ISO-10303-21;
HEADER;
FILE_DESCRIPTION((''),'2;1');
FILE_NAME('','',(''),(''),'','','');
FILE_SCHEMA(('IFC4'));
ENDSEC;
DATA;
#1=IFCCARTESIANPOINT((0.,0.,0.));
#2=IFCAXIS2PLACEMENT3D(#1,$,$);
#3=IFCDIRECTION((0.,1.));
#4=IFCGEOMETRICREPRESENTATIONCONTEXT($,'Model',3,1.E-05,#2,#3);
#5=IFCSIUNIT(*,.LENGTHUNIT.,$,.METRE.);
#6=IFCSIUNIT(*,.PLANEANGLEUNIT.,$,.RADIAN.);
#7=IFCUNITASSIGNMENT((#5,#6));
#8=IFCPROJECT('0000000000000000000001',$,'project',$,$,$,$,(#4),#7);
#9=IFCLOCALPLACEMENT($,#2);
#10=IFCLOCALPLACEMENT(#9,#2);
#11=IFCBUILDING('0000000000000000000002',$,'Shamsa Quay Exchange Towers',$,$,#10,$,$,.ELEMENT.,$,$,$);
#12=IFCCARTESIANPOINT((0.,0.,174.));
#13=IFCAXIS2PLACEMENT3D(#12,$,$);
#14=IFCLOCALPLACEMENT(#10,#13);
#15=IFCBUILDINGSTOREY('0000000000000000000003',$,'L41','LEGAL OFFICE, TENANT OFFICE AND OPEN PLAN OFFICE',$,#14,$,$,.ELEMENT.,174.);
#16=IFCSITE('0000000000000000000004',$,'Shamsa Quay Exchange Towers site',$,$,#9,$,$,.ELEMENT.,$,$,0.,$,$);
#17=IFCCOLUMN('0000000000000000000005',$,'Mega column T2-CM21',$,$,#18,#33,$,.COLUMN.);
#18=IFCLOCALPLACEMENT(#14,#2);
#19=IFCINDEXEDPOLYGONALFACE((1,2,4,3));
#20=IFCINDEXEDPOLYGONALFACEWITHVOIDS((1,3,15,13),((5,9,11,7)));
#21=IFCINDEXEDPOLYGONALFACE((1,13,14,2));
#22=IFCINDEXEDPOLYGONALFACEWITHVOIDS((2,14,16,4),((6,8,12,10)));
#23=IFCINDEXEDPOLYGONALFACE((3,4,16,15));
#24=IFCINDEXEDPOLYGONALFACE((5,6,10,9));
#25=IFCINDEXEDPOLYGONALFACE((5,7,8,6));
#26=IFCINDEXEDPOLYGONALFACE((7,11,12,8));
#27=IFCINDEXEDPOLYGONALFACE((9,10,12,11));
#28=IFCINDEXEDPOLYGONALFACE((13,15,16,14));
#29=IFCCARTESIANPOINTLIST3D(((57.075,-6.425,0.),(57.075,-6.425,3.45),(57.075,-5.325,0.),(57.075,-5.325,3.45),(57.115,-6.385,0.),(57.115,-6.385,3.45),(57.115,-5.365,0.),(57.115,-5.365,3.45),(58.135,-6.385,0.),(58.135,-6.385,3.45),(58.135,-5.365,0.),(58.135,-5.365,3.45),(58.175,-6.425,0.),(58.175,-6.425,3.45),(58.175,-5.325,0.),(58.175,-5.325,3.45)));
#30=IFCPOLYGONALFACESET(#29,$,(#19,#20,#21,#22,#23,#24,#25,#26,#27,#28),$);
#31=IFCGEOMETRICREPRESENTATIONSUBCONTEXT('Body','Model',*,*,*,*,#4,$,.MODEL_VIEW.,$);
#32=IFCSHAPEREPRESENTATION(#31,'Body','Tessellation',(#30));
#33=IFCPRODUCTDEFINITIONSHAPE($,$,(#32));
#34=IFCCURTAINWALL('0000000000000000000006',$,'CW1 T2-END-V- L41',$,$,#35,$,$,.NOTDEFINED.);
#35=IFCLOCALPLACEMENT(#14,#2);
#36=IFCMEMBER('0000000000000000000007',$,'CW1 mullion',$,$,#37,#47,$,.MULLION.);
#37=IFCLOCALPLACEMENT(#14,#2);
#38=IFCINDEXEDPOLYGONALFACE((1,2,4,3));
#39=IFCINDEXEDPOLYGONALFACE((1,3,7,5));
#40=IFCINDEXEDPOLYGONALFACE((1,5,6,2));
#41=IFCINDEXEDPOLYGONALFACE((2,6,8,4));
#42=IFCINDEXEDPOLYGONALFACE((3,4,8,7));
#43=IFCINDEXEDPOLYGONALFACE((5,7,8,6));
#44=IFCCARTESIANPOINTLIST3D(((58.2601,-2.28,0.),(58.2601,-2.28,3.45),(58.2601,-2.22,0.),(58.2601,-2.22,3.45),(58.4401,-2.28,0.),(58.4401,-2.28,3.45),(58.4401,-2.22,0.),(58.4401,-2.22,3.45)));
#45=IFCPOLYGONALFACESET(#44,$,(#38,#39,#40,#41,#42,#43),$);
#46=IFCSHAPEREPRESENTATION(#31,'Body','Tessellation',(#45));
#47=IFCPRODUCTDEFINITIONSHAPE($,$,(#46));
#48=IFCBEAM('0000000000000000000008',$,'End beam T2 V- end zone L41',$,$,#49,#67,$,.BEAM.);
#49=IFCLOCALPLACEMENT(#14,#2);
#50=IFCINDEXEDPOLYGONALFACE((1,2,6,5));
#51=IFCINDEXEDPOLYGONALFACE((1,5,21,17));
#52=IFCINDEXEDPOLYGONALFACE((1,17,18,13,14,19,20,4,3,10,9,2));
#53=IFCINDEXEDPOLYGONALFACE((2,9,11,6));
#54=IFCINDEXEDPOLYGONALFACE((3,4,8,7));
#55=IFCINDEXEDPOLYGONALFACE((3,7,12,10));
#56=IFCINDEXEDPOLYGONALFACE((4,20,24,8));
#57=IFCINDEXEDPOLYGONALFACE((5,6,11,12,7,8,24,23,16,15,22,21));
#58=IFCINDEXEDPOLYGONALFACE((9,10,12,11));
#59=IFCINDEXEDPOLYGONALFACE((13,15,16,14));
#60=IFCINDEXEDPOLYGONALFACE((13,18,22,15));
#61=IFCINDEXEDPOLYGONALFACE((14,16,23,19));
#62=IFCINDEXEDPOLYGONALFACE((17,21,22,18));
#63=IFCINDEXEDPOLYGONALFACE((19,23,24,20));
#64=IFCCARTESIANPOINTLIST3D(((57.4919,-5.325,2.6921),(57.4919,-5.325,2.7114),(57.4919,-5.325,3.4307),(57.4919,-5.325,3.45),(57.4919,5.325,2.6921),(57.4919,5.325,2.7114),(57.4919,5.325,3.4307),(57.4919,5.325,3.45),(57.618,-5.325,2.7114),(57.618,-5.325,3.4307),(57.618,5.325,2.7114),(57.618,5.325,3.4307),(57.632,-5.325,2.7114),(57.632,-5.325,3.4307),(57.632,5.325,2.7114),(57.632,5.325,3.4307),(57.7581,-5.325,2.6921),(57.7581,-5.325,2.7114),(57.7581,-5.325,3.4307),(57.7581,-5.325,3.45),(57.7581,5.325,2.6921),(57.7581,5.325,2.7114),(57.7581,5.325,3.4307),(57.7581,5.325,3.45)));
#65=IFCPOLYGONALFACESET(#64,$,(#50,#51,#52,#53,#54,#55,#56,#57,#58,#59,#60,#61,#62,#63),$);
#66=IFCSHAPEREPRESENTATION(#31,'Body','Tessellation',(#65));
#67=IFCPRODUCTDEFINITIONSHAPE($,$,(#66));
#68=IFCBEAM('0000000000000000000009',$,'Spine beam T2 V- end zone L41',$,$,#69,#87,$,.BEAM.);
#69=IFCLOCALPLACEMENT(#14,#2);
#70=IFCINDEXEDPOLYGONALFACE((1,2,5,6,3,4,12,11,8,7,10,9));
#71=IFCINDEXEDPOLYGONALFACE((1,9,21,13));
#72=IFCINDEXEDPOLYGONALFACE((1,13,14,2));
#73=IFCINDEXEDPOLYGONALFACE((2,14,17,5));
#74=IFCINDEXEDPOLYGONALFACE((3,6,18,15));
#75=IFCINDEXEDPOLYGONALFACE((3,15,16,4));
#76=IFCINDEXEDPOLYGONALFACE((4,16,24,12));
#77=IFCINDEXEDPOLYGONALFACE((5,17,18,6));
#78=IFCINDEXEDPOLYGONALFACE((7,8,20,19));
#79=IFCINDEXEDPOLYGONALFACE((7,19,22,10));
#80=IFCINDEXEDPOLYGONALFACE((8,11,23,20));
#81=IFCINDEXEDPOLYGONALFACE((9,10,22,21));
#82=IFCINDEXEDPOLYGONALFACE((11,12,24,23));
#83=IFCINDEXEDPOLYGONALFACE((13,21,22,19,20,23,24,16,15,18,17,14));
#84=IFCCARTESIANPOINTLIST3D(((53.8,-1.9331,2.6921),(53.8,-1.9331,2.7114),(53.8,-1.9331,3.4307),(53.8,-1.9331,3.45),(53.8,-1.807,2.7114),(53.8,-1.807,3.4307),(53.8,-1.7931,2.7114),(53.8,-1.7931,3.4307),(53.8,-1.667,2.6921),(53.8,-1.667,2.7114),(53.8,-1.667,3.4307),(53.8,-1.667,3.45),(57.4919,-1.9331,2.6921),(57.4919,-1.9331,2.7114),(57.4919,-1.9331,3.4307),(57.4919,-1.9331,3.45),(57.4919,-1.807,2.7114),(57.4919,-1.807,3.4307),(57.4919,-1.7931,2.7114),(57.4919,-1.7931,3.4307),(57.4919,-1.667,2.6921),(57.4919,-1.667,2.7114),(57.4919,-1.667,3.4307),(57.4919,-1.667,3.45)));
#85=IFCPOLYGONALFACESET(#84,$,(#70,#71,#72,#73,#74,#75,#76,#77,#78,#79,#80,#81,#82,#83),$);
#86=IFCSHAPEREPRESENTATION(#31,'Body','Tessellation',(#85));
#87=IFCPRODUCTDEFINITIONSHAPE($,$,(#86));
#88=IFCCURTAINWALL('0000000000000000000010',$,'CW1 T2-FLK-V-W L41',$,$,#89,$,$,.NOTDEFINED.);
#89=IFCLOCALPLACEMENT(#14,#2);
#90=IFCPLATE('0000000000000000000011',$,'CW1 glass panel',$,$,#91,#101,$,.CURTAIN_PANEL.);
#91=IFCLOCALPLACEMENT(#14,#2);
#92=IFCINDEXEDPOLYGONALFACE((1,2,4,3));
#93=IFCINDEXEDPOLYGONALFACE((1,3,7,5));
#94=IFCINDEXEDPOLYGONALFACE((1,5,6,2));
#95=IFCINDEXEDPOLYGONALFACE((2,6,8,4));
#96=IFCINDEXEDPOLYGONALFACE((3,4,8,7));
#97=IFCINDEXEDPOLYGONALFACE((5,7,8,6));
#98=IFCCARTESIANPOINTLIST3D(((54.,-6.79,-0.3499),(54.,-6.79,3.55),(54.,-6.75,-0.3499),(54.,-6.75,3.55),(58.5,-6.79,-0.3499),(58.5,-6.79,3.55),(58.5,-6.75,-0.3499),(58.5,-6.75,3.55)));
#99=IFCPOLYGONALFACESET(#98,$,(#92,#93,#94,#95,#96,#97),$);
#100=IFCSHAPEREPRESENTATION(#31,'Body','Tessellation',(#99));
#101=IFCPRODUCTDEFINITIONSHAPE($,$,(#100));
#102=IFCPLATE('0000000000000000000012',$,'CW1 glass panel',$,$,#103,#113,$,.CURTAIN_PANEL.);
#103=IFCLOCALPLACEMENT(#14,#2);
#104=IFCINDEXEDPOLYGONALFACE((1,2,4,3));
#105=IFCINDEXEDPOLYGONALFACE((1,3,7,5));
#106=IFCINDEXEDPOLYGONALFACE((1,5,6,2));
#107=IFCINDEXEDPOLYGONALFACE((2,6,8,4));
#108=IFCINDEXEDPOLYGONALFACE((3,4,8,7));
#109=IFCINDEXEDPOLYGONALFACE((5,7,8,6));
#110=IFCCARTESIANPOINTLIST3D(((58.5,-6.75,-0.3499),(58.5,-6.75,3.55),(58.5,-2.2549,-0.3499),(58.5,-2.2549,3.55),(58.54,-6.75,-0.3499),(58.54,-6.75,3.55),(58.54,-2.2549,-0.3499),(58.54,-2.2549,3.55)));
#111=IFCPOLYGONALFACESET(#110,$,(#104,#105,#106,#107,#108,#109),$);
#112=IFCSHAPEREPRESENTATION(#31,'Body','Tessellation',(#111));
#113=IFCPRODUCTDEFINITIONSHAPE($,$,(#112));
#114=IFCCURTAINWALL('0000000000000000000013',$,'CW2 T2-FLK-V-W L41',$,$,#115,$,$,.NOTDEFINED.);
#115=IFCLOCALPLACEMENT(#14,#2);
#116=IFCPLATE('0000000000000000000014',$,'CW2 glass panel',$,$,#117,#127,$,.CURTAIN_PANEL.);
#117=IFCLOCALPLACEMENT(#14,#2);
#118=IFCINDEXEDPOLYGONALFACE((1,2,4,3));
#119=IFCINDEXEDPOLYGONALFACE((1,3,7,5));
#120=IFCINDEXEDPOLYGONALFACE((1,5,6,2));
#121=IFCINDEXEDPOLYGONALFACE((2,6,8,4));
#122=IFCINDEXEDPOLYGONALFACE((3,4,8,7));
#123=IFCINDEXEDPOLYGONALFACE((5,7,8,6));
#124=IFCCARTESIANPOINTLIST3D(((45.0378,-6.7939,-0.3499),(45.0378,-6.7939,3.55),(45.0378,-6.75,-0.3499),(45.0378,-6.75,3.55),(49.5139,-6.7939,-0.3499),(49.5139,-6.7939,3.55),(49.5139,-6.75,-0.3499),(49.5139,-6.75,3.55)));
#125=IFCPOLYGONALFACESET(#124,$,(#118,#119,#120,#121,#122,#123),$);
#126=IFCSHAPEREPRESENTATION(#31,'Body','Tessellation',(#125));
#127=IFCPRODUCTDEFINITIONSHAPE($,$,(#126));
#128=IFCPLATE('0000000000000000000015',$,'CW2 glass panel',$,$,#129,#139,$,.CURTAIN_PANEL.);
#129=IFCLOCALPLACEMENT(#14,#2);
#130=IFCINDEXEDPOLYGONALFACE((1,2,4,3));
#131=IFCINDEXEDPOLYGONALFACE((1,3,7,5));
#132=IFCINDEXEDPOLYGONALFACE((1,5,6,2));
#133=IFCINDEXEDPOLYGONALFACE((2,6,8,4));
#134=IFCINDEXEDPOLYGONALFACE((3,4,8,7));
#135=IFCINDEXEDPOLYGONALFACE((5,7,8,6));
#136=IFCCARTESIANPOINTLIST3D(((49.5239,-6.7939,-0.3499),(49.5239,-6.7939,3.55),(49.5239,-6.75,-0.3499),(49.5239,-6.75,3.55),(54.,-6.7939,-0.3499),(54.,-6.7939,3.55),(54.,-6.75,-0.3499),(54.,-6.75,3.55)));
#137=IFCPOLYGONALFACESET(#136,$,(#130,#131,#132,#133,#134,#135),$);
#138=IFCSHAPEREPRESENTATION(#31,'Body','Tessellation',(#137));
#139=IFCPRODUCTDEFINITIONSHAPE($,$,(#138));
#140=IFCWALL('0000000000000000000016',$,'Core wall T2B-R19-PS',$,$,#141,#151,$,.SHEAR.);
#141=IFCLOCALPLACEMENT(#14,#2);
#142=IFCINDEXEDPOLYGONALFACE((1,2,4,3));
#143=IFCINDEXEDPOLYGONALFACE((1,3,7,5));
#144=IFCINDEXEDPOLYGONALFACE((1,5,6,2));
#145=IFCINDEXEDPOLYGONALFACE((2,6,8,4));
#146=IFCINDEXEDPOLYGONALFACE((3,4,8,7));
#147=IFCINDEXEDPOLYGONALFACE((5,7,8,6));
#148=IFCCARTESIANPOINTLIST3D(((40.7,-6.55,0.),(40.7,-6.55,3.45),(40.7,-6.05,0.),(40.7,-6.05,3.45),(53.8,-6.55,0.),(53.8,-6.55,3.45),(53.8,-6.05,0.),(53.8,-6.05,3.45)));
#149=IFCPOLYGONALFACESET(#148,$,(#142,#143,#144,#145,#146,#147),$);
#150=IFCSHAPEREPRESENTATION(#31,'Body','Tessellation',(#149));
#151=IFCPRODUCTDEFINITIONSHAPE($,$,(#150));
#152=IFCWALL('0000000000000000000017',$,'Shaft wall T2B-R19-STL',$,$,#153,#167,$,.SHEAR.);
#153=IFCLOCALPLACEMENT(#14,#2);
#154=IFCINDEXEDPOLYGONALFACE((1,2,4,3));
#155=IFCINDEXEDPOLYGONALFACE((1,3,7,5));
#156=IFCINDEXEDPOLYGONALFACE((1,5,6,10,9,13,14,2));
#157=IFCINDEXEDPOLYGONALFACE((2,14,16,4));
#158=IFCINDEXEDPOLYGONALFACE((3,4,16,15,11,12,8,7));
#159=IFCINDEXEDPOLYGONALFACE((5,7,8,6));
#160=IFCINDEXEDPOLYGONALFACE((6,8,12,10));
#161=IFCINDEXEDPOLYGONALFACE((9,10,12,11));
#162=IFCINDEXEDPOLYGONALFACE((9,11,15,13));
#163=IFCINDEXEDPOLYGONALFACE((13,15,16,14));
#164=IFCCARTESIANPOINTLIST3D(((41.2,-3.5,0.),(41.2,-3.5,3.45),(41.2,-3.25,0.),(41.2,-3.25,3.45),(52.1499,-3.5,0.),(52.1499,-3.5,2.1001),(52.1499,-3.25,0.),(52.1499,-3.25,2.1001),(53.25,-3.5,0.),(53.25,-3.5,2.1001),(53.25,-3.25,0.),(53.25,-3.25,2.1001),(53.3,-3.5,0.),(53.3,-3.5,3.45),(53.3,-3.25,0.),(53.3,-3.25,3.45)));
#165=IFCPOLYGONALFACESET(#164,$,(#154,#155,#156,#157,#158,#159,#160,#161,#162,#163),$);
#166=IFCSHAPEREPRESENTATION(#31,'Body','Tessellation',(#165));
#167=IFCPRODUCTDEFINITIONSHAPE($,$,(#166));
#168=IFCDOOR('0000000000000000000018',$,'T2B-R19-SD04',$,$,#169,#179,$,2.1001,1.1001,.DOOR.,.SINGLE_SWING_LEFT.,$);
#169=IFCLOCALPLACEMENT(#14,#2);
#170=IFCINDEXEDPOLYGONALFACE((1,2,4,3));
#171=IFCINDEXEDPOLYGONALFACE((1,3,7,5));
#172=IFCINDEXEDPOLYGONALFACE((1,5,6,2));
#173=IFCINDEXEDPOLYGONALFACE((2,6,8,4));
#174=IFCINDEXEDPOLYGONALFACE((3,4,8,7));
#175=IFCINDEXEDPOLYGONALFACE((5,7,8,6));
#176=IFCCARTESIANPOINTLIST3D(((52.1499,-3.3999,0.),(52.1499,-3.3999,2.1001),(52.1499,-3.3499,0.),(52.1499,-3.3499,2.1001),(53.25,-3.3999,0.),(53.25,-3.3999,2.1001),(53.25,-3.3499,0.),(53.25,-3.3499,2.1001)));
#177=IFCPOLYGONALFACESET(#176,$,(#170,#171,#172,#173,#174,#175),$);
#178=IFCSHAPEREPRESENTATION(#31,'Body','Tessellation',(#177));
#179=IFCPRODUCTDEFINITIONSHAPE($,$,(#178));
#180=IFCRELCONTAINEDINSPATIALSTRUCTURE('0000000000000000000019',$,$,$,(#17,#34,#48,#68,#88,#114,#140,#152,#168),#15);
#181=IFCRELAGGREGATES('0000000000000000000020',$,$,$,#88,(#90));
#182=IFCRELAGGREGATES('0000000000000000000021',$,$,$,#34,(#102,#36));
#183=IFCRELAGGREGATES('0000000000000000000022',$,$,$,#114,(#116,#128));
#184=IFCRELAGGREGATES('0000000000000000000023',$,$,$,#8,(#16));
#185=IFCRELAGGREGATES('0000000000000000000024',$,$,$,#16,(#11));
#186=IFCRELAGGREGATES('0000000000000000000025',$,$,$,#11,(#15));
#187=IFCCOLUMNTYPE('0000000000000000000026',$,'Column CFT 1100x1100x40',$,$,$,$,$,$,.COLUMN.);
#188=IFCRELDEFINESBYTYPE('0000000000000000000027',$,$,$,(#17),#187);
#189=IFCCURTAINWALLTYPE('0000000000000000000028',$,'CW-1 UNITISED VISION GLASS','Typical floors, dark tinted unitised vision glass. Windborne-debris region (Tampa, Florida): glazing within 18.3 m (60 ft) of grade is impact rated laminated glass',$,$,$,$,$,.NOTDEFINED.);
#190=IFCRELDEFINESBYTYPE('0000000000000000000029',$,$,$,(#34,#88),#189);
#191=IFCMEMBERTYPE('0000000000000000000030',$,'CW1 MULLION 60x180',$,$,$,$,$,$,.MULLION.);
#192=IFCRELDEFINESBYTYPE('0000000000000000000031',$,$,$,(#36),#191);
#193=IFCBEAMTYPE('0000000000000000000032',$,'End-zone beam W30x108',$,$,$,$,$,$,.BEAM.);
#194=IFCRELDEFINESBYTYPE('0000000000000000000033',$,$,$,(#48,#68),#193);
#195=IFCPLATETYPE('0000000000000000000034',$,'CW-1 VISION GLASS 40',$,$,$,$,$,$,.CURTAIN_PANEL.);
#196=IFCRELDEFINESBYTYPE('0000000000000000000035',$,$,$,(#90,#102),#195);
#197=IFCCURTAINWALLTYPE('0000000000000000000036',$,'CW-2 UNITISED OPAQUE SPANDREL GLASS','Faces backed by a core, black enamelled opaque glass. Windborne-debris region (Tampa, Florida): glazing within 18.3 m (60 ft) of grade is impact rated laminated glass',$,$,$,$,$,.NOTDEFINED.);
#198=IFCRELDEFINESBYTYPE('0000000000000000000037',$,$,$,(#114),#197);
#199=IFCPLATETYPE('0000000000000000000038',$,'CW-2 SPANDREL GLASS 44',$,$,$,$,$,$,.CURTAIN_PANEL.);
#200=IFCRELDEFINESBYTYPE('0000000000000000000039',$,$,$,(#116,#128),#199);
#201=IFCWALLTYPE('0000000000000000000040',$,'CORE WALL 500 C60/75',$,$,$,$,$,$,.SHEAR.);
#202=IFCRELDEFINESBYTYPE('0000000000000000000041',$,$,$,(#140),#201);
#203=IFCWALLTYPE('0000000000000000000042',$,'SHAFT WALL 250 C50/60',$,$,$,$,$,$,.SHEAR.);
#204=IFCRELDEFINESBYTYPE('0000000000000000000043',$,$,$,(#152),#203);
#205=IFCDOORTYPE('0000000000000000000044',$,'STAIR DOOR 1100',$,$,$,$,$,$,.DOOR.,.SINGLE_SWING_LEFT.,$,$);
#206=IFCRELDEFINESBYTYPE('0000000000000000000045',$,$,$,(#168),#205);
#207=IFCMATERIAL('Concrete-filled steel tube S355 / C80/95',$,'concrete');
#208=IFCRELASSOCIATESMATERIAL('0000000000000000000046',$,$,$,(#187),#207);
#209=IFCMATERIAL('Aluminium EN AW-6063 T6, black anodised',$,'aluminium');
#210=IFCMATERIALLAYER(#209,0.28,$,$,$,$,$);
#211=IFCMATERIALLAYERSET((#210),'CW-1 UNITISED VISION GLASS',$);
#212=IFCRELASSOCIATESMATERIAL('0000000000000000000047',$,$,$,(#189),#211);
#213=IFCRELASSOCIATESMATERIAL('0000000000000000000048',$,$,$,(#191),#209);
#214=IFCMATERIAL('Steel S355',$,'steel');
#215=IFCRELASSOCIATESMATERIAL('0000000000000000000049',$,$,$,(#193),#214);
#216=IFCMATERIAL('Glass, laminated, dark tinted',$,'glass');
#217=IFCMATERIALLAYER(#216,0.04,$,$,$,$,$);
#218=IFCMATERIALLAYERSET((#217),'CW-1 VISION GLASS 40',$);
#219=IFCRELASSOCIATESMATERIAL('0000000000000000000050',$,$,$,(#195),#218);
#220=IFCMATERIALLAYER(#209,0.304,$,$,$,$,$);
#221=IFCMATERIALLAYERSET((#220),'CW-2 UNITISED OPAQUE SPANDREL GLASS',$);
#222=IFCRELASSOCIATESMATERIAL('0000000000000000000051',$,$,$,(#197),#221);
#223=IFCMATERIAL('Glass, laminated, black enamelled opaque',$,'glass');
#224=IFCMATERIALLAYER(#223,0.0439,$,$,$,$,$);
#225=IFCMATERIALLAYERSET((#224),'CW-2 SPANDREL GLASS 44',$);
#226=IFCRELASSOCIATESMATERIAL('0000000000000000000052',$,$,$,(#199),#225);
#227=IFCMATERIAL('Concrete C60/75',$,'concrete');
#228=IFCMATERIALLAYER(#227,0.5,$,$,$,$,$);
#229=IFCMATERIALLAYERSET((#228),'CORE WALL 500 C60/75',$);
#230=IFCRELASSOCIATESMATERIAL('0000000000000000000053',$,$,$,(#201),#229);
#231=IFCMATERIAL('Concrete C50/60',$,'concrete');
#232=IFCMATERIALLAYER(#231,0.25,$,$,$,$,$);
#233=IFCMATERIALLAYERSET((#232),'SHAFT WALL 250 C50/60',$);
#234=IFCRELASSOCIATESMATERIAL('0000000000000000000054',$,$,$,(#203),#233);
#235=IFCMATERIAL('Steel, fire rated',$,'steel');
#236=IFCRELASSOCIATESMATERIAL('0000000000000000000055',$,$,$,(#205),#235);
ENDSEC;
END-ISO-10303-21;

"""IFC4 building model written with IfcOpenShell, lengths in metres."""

from ifc_helpers import new_model, si_unit, direction, frame, frame_2d, origin, origin_2d, place, context, subcontext, project, spatial, rectangle, hollow_rectangle, i_section, extrude, material, layer, layer_set, material_profile, profile_set, type_object, element, fill, aggregate, save


model = new_model("IFC4")

# Units and contexts
model_context = context("Model", 3, precision=1e-05, world=origin(), true_north=direction((0.0, 1.0)))
body_context = subcontext(model_context, "Body", "Model", "MODEL_VIEW")
ifc_project = project(units=[si_unit("LENGTHUNIT", "METRE"), si_unit("PLANEANGLEUNIT", "RADIAN")], contexts=[model_context])

# Site, building, storey
site_placement = place(None, origin())
site = spatial("IfcSite", under=ifc_project, at=site_placement, Name="Shamsa Quay Exchange Towers site", CompositionType="ELEMENT", RefElevation=0.0)
building_placement = place(site_placement, origin())
building = spatial("IfcBuilding", under=site, at=building_placement, Name="Shamsa Quay Exchange Towers", CompositionType="ELEMENT")
storey_placement = place(building_placement, frame((0.0, 0.0, 174.0)))
storey = spatial("IfcBuildingStorey", under=building, at=storey_placement, Name="L41", Description="LEGAL OFFICE, TENANT OFFICE AND OPEN PLAN OFFICE", CompositionType="ELEMENT", Elevation=174.0)

# Column
ifc_material_1 = material(Name="Concrete-filled steel tube S355 / C80/95", Category="concrete")
ifc_material_profile_1 = material_profile(ifc_material_1, hollow_rectangle(XDim=1.1001, YDim=1.1001, WallThickness=0.04, at=origin_2d()), Name="CFT 1100x1100x40")
ifc_profile_set_1 = profile_set([ifc_material_profile_1], Name="Concrete-filled steel tube S355 / C80/95")
column_type = type_object("IfcColumnType", Name="Column CFT 1100x1100x40", PredefinedType="COLUMN", material=ifc_profile_set_1)
column_placement = place(storey_placement, frame((57.625, -5.875, 0.0)))
element("IfcColumn", 1, at=column_placement, inside=storey, type_object=column_type, Name="Mega column T2-CM21", PredefinedType="COLUMN", context=body_context, shape_type="SweptSolid", body=[
    extrude(hollow_rectangle(XDim=1.1001, YDim=1.1001, WallThickness=0.04, at=origin_2d()), origin(), (0.0, 0.0, 1.0), 3.45),
])

# Curtain wall, member
ifc_material_2 = material(Name="Aluminium EN AW-6063 T6, black anodised", Category="aluminium")
ifc_layer_1 = layer(ifc_material_2, 0.28)
ifc_layer_set_1 = layer_set([ifc_layer_1], Name="CW-1 UNITISED VISION GLASS")
curtain_wall_type_1 = type_object("IfcCurtainWallType", Name="CW-1 UNITISED VISION GLASS", Description="Typical floors, dark tinted unitised vision glass. Windborne-debris region (Tampa, Florida): glazing within 18.3 m (60 ft) of grade is impact rated laminated glass", PredefinedType="NOTDEFINED", material=ifc_layer_set_1)
curtain_wall_1_placement = place(storey_placement, origin())
curtain_wall_1 = element("IfcCurtainWall", 2, at=curtain_wall_1_placement, inside=storey, type_object=curtain_wall_type_1, Name="CW1 T2-END-V- L41", PredefinedType="NOTDEFINED")
ifc_material_profile_2 = material_profile(ifc_material_2, rectangle(XDim=0.1799, YDim=0.0601, at=origin_2d()), Name="MU60x180")
ifc_profile_set_2 = profile_set([ifc_material_profile_2], Name="Aluminium EN AW-6063 T6, black anodised")
member_type = type_object("IfcMemberType", Name="CW1 MULLION 60x180", PredefinedType="MULLION", material=ifc_profile_set_2)
member_placement = place(storey_placement, frame((58.3501, -2.25, 0.0), z_axis=(0.0, 0.0, 1.0), x_axis=(-1.0, 0.0, 0.0)))
member = element("IfcMember", 3, at=member_placement, type_object=member_type, Name="CW1 mullion", PredefinedType="MULLION", context=body_context, shape_type="SweptSolid", body=[
    extrude(rectangle(XDim=0.1799, YDim=0.0601, at=origin_2d()), origin(), (0.0, 0.0, 1.0), 3.45),
])

# Beams
ifc_material_3 = material(Name="Steel S355", Category="steel")
ifc_material_profile_3 = material_profile(ifc_material_3, i_section(OverallWidth=0.2661, OverallDepth=0.7578, WebThickness=0.0139, FlangeThickness=0.0193, at=origin_2d()), Name="W30x108")
ifc_profile_set_3 = profile_set([ifc_material_profile_3], Name="Steel S355")
beam_type = type_object("IfcBeamType", Name="End-zone beam W30x108", PredefinedType="BEAM", material=ifc_profile_set_3)
beam_1_placement = place(storey_placement, frame((57.625, -5.325, 3.071), z_axis=(0.0, 1.0, 0.0), x_axis=(-1.0, 0.0, 0.0)))
element("IfcBeam", 4, at=beam_1_placement, inside=storey, type_object=beam_type, Name="End beam T2 V- end zone L41", PredefinedType="BEAM", context=body_context, shape_type="SweptSolid", body=[
    extrude(i_section(OverallWidth=0.2661, OverallDepth=0.7578, WebThickness=0.0139, FlangeThickness=0.0193, at=origin_2d()), origin(), (0.0, 0.0, 1.0), 10.6499),
])
beam_2_placement = place(storey_placement, frame((53.8, -1.8, 3.071), z_axis=(1.0, 0.0, 0.0), x_axis=(0.0, 1.0, 0.0)))
element("IfcBeam", 5, at=beam_2_placement, inside=storey, type_object=beam_type, Name="Spine beam T2 V- end zone L41", PredefinedType="BEAM", context=body_context, shape_type="SweptSolid", body=[
    extrude(i_section(OverallWidth=0.2661, OverallDepth=0.7578, WebThickness=0.0139, FlangeThickness=0.0193, at=origin_2d()), origin(), (0.0, 0.0, 1.0), 3.6919),
])

# Curtain wall, plate
curtain_wall_2_placement = place(storey_placement, origin())
curtain_wall_2 = element("IfcCurtainWall", 6, at=curtain_wall_2_placement, inside=storey, type_object=curtain_wall_type_1, Name="CW1 T2-FLK-V-W L41", PredefinedType="NOTDEFINED")
ifc_material_4 = material(Name="Glass, laminated, dark tinted", Category="glass")
ifc_layer_2 = layer(ifc_material_4, 0.04)
ifc_layer_set_2 = layer_set([ifc_layer_2], Name="CW-1 VISION GLASS 40")
plate_type_1 = type_object("IfcPlateType", Name="CW-1 VISION GLASS 40", PredefinedType="CURTAIN_PANEL", material=ifc_layer_set_2)
plate_1_placement = place(storey_placement, frame((56.25, -6.77, -0.3499)))
plate_1 = element("IfcPlate", 7, at=plate_1_placement, type_object=plate_type_1, Name="CW1 glass panel", PredefinedType="CURTAIN_PANEL", context=body_context, shape_type="SweptSolid", body=[
    extrude(rectangle(XDim=4.5, YDim=0.04, at=origin_2d()), origin(), (0.0, 0.0, 1.0), 3.8999),
])
aggregate(curtain_wall_2, [plate_1])

# Plate
plate_2_placement = place(storey_placement, frame((58.52, -4.5024, -0.3499), z_axis=(0.0, 0.0, 1.0), x_axis=(0.0, 1.0, 0.0)))
plate_2 = element("IfcPlate", 8, at=plate_2_placement, type_object=plate_type_1, Name="CW1 glass panel", PredefinedType="CURTAIN_PANEL", context=body_context, shape_type="SweptSolid", body=[
    extrude(rectangle(XDim=4.4951, YDim=0.04, at=origin_2d()), origin(), (0.0, 0.0, 1.0), 3.8999),
])
aggregate(curtain_wall_1, [plate_2, member])

# Curtain wall, plates
ifc_layer_3 = layer(ifc_material_2, 0.304)
ifc_layer_set_3 = layer_set([ifc_layer_3], Name="CW-2 UNITISED OPAQUE SPANDREL GLASS")
curtain_wall_type_2 = type_object("IfcCurtainWallType", Name="CW-2 UNITISED OPAQUE SPANDREL GLASS", Description="Faces backed by a core, black enamelled opaque glass. Windborne-debris region (Tampa, Florida): glazing within 18.3 m (60 ft) of grade is impact rated laminated glass", PredefinedType="NOTDEFINED", material=ifc_layer_set_3)
curtain_wall_3_placement = place(storey_placement, origin())
curtain_wall_3 = element("IfcCurtainWall", 9, at=curtain_wall_3_placement, inside=storey, type_object=curtain_wall_type_2, Name="CW2 T2-FLK-V-W L41", PredefinedType="NOTDEFINED")
ifc_material_5 = material(Name="Glass, laminated, black enamelled opaque", Category="glass")
ifc_layer_4 = layer(ifc_material_5, 0.0439)
ifc_layer_set_4 = layer_set([ifc_layer_4], Name="CW-2 SPANDREL GLASS 44")
plate_type_2 = type_object("IfcPlateType", Name="CW-2 SPANDREL GLASS 44", PredefinedType="CURTAIN_PANEL", material=ifc_layer_set_4)
plate_3_placement = place(storey_placement, frame((47.2759, -6.772, -0.3499)))
plate_3 = element("IfcPlate", 10, at=plate_3_placement, type_object=plate_type_2, Name="CW2 glass panel", PredefinedType="CURTAIN_PANEL", context=body_context, shape_type="SweptSolid", body=[
    extrude(rectangle(XDim=4.4761, YDim=0.0439, at=origin_2d()), origin(), (0.0, 0.0, 1.0), 3.8999),
])
plate_4_placement = place(storey_placement, frame((51.762, -6.772, -0.3499)))
plate_4 = element("IfcPlate", 11, at=plate_4_placement, type_object=plate_type_2, Name="CW2 glass panel", PredefinedType="CURTAIN_PANEL", context=body_context, shape_type="SweptSolid", body=[
    extrude(rectangle(XDim=4.4761, YDim=0.0439, at=origin_2d()), origin(), (0.0, 0.0, 1.0), 3.8999),
])
aggregate(curtain_wall_3, [plate_3, plate_4])

# Wall
ifc_material_6 = material(Name="Concrete C60/75", Category="concrete")
ifc_layer_5 = layer(ifc_material_6, 0.5)
ifc_layer_set_5 = layer_set([ifc_layer_5], Name="CORE WALL 500 C60/75")
wall_type_1 = type_object("IfcWallType", Name="CORE WALL 500 C60/75", PredefinedType="SHEAR", material=ifc_layer_set_5)
wall_1_placement = place(storey_placement, frame((53.8, -6.3, 0.0), z_axis=(0.0, 0.0, 1.0), x_axis=(-1.0, 0.0, 0.0)))
element("IfcWall", 12, at=wall_1_placement, inside=storey, type_object=wall_type_1, Name="Core wall T2B-R19-PS", PredefinedType="SHEAR", context=body_context, shape_type="SweptSolid", body=[
    extrude(rectangle(XDim=13.1001, YDim=0.5, at=frame_2d((6.55, 0.0))), origin(), (0.0, 0.0, 1.0), 3.45),
])

# Wall, opening, door
ifc_material_7 = material(Name="Steel, fire rated", Category="steel")
ifc_material_8 = material(Name="Concrete C50/60", Category="concrete")
ifc_layer_6 = layer(ifc_material_8, 0.25)
ifc_layer_set_6 = layer_set([ifc_layer_6], Name="SHAFT WALL 250 C50/60")
wall_type_2 = type_object("IfcWallType", Name="SHAFT WALL 250 C50/60", PredefinedType="SHEAR", material=ifc_layer_set_6)
wall_2_placement = place(storey_placement, frame((53.3, -3.375, 0.0), z_axis=(0.0, 0.0, 1.0), x_axis=(-1.0, 0.0, 0.0)))
wall_2 = element("IfcWall", 13, at=wall_2_placement, inside=storey, type_object=wall_type_2, Name="Shaft wall T2B-R19-STL", PredefinedType="SHEAR", context=body_context, shape_type="SweptSolid", body=[
    extrude(rectangle(XDim=12.1001, YDim=0.25, at=frame_2d((6.05, 0.0))), origin(), (0.0, 0.0, 1.0), 3.45),
])
opening_1_placement = place(wall_2_placement, frame((0.05, 0.0, 0.0)))
opening_1 = element("IfcOpeningElement", 14, at=opening_1_placement, cuts=wall_2, PredefinedType="OPENING", context=body_context, shape_type="SweptSolid", body=[
    extrude(rectangle(XDim=1.1001, YDim=2.1001, at=frame_2d((0.55, 1.05))), frame((0.0, 0.135, 0.0), z_axis=(0.0, -1.0, 0.0), x_axis=(1.0, 0.0, 0.0)), (0.0, 0.0, 1.0), 0.27),
])
door_type_1 = type_object("IfcDoorType", Name="STAIR DOOR 1100", OperationType="SINGLE_SWING_LEFT", PredefinedType="DOOR", material=ifc_material_7)
door_1_placement = place(opening_1_placement, origin())
door_1 = element("IfcDoor", 15, at=door_1_placement, inside=storey, type_object=door_type_1, Name="T2B-R19-SD04", OperationType="SINGLE_SWING_LEFT", OverallHeight=2.1001, OverallWidth=1.1001, PredefinedType="DOOR", context=body_context, shape_type="SweptSolid", body=[
    extrude(rectangle(XDim=1.1001, YDim=2.1001, at=frame_2d((0.55, 1.05))), frame((0.0, 0.0249, 0.0), z_axis=(0.0, -1.0, 0.0), x_axis=(1.0, 0.0, 0.0)), (0.0, 0.0, 1.0), 0.05),
])
fill(opening_1, door_1)

save(model, "model.ifc")
